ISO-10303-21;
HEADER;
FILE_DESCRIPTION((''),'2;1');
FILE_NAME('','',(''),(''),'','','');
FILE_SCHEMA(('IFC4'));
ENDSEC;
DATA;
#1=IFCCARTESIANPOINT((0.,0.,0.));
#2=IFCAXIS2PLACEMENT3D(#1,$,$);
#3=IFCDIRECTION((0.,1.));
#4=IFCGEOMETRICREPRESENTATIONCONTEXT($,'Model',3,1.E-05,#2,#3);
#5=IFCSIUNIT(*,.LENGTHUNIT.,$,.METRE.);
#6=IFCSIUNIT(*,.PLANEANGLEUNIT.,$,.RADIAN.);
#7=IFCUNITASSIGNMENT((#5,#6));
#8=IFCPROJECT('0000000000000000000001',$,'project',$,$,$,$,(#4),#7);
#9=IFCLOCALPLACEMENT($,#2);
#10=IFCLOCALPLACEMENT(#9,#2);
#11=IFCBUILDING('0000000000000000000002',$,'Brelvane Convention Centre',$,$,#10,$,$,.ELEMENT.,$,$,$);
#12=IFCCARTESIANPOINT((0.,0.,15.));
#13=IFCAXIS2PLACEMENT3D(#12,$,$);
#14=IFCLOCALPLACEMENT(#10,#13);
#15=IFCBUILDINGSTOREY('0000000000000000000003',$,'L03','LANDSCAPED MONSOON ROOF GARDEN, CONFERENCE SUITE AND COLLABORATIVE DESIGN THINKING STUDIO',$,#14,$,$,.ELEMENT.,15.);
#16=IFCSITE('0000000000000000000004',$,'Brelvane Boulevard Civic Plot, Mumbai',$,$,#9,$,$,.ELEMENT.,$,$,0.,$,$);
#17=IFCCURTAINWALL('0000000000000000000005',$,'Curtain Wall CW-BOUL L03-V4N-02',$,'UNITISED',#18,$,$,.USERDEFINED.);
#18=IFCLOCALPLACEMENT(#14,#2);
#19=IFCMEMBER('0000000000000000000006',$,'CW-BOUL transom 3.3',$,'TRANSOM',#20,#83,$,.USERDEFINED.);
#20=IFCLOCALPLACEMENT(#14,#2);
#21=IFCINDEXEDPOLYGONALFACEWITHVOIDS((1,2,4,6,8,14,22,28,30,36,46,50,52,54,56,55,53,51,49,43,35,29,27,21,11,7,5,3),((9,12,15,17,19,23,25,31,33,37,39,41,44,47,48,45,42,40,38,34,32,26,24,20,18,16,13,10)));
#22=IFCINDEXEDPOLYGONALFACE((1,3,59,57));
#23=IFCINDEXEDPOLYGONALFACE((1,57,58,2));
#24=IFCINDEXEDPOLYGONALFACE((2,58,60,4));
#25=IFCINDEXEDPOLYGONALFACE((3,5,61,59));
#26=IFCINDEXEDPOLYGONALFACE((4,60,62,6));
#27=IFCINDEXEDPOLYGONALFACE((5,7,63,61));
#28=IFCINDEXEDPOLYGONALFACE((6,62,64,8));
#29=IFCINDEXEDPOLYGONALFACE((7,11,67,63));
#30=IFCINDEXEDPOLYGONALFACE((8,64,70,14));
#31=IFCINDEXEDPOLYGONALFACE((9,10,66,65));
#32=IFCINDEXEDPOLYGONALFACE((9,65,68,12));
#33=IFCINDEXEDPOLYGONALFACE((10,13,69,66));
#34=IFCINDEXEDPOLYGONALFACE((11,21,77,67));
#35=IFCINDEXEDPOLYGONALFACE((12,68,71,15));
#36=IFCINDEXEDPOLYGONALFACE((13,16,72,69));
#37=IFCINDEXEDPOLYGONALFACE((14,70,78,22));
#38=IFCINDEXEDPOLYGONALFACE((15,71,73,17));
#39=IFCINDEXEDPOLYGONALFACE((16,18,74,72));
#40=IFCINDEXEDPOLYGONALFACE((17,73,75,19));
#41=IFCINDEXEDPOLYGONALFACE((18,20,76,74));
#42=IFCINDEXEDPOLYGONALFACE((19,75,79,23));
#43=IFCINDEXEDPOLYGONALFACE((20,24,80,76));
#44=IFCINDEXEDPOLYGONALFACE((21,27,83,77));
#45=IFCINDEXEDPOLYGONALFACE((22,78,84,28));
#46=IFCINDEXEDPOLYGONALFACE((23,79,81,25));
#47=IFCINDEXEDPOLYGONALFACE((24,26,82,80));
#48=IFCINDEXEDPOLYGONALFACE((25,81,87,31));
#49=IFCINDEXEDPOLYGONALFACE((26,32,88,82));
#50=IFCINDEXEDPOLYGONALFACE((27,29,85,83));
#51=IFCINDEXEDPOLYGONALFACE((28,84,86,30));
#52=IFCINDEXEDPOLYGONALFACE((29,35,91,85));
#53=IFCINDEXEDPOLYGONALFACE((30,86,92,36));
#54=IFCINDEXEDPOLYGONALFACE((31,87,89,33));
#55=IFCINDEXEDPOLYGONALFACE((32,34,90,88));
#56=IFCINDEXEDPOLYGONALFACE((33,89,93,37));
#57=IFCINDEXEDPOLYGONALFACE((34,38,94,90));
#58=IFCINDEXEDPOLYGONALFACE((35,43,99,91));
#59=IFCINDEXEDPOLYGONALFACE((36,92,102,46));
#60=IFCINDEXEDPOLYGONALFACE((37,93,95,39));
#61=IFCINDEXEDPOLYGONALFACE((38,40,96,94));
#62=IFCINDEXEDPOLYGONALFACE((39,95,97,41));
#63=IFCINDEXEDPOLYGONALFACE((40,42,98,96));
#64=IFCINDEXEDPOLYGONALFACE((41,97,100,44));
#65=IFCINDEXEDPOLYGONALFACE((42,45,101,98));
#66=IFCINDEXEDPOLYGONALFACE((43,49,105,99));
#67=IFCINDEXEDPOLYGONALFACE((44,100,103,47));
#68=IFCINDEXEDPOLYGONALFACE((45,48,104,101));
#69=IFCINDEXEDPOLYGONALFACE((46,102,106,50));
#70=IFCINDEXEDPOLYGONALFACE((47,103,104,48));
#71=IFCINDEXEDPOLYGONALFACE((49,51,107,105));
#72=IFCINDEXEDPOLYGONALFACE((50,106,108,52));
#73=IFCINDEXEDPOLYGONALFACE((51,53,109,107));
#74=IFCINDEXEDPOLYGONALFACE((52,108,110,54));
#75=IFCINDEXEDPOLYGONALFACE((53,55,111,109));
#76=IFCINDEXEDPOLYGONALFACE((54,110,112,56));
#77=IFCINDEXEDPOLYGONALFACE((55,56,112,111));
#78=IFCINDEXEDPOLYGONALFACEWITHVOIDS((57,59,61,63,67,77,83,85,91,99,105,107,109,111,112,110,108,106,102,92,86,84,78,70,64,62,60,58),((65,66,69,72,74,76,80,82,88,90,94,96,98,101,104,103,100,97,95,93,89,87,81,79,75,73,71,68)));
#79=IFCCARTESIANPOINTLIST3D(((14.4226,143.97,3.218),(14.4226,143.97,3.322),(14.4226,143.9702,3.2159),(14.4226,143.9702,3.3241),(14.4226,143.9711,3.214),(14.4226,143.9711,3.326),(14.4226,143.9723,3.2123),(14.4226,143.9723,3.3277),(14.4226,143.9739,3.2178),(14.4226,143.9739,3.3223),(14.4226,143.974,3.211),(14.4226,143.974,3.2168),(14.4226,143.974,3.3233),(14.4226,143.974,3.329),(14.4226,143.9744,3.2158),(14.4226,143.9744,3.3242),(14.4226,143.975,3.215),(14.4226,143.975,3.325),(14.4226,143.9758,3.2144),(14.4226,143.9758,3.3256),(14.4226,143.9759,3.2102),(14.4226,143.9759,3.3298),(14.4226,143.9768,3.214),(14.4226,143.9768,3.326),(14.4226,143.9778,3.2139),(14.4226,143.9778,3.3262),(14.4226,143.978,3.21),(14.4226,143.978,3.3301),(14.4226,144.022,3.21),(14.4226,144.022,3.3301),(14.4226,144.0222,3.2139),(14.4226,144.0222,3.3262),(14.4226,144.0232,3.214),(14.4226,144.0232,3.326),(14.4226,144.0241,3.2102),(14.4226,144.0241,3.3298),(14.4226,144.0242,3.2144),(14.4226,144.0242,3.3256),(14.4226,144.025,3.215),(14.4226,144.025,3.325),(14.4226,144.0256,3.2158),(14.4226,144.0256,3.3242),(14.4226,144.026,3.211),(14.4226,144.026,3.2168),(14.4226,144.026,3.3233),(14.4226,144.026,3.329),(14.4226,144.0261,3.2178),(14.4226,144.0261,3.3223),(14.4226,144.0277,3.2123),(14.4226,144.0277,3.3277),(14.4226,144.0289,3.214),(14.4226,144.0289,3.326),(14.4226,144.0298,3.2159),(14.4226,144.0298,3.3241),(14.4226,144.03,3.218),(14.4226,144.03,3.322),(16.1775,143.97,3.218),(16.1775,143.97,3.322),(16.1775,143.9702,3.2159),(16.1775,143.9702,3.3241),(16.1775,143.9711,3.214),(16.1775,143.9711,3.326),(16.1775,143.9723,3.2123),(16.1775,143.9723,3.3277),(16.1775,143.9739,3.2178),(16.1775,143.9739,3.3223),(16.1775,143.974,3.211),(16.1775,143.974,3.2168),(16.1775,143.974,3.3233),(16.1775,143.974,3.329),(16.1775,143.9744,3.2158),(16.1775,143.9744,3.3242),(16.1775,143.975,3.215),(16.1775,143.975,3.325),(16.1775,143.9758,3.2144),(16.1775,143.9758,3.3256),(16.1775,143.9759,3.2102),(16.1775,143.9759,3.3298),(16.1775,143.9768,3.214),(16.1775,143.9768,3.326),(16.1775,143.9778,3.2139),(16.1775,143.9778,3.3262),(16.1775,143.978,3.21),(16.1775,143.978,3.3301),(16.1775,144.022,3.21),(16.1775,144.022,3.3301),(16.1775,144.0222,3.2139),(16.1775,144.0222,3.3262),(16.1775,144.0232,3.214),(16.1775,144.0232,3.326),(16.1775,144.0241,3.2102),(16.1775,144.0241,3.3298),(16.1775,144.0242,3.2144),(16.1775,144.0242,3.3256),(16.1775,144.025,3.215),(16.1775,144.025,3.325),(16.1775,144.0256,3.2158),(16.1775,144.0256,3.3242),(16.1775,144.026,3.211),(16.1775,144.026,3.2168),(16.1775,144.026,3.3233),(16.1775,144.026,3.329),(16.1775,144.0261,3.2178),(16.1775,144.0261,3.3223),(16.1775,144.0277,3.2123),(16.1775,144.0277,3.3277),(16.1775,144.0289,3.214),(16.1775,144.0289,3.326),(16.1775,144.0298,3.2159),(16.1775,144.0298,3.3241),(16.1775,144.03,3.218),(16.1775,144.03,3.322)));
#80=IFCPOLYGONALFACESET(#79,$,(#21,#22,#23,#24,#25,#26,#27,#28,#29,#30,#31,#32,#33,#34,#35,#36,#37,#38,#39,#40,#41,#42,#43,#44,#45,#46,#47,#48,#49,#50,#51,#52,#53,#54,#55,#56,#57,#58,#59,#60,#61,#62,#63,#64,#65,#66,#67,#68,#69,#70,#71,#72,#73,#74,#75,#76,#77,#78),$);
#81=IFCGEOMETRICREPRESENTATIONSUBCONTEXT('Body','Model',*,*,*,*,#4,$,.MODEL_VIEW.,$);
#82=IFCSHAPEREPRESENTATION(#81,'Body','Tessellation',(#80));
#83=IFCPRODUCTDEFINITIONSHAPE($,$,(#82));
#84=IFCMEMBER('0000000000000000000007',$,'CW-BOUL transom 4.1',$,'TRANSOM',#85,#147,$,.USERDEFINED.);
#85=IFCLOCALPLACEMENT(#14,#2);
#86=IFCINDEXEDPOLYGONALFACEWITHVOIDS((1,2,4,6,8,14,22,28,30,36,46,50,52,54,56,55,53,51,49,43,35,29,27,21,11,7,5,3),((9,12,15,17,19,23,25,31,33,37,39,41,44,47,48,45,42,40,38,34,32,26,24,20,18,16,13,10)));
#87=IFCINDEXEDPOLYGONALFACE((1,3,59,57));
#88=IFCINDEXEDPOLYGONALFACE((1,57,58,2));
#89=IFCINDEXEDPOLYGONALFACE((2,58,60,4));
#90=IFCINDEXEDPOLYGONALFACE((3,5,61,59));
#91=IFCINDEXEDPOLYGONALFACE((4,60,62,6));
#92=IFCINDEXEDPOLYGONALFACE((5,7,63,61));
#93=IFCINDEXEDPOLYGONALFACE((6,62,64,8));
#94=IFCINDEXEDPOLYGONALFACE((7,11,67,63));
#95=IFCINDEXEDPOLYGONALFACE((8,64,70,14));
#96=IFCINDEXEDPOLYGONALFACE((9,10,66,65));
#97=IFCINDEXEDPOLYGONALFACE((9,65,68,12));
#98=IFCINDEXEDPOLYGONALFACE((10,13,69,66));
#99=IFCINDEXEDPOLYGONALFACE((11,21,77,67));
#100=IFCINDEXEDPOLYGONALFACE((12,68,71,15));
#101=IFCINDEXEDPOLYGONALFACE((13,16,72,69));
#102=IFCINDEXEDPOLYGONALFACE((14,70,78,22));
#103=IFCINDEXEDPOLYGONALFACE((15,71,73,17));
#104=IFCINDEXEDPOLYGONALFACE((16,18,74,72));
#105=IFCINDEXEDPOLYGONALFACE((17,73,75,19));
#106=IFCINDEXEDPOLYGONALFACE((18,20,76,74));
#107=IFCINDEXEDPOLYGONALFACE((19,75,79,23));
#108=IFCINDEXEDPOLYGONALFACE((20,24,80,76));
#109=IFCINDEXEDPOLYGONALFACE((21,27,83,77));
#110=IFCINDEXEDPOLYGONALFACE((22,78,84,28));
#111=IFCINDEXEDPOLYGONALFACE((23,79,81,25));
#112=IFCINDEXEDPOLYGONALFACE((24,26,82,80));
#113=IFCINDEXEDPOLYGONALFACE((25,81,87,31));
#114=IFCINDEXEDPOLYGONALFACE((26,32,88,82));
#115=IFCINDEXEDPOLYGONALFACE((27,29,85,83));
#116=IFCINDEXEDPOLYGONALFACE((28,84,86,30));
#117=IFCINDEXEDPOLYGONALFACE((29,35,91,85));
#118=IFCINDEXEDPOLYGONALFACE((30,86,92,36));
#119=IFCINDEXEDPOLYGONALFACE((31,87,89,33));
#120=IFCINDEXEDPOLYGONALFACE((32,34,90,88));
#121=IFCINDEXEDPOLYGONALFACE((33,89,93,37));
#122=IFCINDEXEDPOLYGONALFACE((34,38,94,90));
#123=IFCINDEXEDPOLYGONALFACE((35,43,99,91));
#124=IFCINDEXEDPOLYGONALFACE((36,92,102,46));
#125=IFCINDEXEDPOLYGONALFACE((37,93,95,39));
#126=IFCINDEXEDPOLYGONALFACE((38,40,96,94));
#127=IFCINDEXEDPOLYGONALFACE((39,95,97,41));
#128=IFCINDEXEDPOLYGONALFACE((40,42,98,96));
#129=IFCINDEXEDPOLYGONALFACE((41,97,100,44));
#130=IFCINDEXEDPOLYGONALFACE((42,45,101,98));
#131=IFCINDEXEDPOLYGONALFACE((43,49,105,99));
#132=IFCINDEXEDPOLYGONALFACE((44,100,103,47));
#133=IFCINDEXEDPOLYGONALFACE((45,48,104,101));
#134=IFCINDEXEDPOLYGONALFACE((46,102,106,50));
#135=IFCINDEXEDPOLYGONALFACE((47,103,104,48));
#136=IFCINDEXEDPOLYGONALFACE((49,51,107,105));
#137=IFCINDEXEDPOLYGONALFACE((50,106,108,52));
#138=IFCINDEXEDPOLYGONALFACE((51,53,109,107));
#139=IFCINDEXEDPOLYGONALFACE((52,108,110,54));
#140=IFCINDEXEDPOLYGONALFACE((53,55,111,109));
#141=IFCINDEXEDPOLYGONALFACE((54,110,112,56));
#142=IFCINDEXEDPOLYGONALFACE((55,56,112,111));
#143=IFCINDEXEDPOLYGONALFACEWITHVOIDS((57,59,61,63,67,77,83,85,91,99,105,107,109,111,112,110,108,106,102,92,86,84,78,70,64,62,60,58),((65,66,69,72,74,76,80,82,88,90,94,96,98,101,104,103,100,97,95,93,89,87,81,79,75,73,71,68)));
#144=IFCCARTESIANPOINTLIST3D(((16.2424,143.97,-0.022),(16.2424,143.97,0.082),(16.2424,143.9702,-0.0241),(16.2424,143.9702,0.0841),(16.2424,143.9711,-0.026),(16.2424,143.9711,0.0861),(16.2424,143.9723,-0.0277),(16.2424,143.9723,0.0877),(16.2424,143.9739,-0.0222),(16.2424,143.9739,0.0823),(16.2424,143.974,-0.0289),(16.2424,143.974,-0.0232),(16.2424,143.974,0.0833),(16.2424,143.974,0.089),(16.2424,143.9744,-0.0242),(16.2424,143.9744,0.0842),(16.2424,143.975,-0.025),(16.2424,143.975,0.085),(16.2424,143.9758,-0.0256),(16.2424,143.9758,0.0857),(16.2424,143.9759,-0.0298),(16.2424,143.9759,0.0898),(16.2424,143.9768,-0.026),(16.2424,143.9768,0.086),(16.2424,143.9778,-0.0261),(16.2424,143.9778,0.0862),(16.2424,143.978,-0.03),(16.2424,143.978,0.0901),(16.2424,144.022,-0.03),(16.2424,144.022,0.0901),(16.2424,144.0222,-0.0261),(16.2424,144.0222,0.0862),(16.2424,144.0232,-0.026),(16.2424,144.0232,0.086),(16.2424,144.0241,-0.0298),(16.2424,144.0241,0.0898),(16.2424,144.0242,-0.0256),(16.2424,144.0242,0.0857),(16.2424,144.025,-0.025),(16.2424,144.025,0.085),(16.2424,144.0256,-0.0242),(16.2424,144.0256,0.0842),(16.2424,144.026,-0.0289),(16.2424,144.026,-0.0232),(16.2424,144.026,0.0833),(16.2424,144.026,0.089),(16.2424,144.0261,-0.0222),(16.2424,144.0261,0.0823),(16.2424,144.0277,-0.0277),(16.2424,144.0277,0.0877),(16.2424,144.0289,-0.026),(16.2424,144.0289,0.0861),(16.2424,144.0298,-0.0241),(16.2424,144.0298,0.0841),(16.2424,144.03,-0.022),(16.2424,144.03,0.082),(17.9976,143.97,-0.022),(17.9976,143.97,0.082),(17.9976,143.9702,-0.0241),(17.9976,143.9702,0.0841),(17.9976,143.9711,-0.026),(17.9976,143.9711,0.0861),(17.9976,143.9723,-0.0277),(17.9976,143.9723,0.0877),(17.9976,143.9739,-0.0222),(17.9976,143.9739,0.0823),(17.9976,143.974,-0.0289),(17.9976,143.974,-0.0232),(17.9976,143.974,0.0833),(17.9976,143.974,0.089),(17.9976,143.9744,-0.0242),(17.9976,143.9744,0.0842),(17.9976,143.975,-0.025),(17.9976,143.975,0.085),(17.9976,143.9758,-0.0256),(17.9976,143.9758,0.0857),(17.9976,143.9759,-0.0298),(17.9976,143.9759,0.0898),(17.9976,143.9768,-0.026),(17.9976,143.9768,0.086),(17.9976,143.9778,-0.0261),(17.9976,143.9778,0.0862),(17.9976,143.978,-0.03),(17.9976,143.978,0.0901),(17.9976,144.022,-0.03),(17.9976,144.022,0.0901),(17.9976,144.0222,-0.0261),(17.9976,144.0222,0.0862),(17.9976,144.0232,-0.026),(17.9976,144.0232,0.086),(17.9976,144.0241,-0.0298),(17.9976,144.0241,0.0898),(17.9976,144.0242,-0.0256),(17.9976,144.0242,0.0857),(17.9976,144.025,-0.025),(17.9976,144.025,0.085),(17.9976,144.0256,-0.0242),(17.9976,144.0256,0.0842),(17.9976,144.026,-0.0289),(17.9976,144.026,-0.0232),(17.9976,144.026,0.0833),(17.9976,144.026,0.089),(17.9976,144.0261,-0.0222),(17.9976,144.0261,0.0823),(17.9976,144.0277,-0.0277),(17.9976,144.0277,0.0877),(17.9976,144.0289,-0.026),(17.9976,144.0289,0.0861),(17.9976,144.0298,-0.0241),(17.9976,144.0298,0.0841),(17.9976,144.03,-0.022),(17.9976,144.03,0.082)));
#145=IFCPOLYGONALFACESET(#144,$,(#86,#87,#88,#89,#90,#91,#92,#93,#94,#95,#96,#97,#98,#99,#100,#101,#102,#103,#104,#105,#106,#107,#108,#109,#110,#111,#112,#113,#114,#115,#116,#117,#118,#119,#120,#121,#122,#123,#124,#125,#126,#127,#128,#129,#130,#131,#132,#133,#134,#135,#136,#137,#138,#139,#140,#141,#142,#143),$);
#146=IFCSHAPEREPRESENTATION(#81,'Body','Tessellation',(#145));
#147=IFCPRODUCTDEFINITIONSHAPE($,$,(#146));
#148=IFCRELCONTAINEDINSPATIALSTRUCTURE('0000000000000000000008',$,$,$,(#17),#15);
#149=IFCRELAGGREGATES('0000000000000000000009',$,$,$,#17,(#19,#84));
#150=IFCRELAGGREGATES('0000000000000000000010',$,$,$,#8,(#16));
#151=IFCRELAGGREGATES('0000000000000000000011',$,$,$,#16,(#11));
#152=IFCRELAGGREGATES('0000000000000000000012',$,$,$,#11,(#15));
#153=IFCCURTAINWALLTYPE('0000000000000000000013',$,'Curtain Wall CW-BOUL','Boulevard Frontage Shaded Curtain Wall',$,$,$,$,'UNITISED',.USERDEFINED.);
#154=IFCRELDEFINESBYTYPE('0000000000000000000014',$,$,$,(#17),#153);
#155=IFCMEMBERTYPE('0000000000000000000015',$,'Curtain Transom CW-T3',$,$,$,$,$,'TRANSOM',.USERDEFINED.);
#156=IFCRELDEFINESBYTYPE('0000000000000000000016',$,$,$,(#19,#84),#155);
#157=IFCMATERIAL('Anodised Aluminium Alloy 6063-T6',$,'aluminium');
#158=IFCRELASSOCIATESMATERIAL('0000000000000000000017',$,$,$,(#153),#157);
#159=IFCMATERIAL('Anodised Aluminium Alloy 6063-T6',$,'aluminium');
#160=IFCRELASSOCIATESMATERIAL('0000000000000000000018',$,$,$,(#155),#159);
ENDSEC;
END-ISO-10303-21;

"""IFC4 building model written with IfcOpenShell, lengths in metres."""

from ifc_helpers import new_model, si_unit, direction, frame, origin, origin_2d, place, context, subcontext, project, spatial, hollow_rectangle, extrude, material, material_profile, profile_set, type_object, element, aggregate, save


model = new_model("IFC4")

# Units and contexts
model_context = context("Model", 3, precision=1e-05, world=origin(), true_north=direction((0.0, 1.0)))
body_context = subcontext(model_context, "Body", "Model", "MODEL_VIEW")
ifc_project = project(units=[si_unit("LENGTHUNIT", "METRE"), si_unit("PLANEANGLEUNIT", "RADIAN")], contexts=[model_context])

# Site, building, storey
site_placement = place(None, origin())
site = spatial("IfcSite", under=ifc_project, at=site_placement, Name="Brelvane Boulevard Civic Plot, Mumbai", CompositionType="ELEMENT", RefElevation=0.0)
building_placement = place(site_placement, origin())
building = spatial("IfcBuilding", under=site, at=building_placement, Name="Brelvane Convention Centre", CompositionType="ELEMENT")
storey_placement = place(building_placement, frame((0.0, 0.0, 15.0)))
storey = spatial("IfcBuildingStorey", under=building, at=storey_placement, Name="L03", Description="LANDSCAPED MONSOON ROOF GARDEN, CONFERENCE SUITE AND COLLABORATIVE DESIGN THINKING STUDIO", CompositionType="ELEMENT", Elevation=15.0)

# Curtain wall, members
ifc_material_1 = material(Name="Anodised Aluminium Alloy 6063-T6", Category="aluminium")
curtain_wall_type = type_object("IfcCurtainWallType", Name="Curtain Wall CW-BOUL", Description="Boulevard Frontage Shaded Curtain Wall", ElementType="UNITISED", PredefinedType="USERDEFINED", material=ifc_material_1)
curtain_wall_placement = place(storey_placement, origin())
curtain_wall = element("IfcCurtainWall", 1, at=curtain_wall_placement, inside=storey, type_object=curtain_wall_type, Name="Curtain Wall CW-BOUL L03-V4N-02", ObjectType="UNITISED", PredefinedType="USERDEFINED")
ifc_material_2 = material(Name="Anodised Aluminium Alloy 6063-T6", Category="aluminium")
ifc_material_profile_1 = material_profile(ifc_material_2, hollow_rectangle(XDim=0.0601, YDim=0.1201, WallThickness=0.0039, InnerFilletRadius=0.0039, OuterFilletRadius=0.0081, at=origin_2d()), Name="ALU-T 120x60x4.0")
ifc_profile_set_1 = profile_set([ifc_material_profile_1], Name="Anodised Aluminium Alloy 6063-T6")
member_type_1 = type_object("IfcMemberType", Name="Curtain Transom CW-T3", ElementType="TRANSOM", PredefinedType="USERDEFINED", material=ifc_profile_set_1)
member_1_placement = place(storey_placement, frame((14.4226, 144.0, 3.27), z_axis=(1.0, 0.0, 0.0), x_axis=(0.0, 1.0, 0.0)))
member_1 = element("IfcMember", 2, at=member_1_placement, type_object=member_type_1, Name="CW-BOUL transom 3.3", ObjectType="TRANSOM", PredefinedType="USERDEFINED", context=body_context, shape_type="SweptSolid", body=[
    extrude(hollow_rectangle(XDim=0.0601, YDim=0.1201, WallThickness=0.0039, InnerFilletRadius=0.0039, OuterFilletRadius=0.0081, at=origin_2d()), origin(), (0.0, 0.0, 1.0), 1.7549),
])
member_2_placement = place(storey_placement, frame((16.2424, 144.0, 0.03), z_axis=(1.0, 0.0, 0.0), x_axis=(0.0, 1.0, 0.0)))
member_2 = element("IfcMember", 3, at=member_2_placement, type_object=member_type_1, Name="CW-BOUL transom 4.1", ObjectType="TRANSOM", PredefinedType="USERDEFINED", context=body_context, shape_type="SweptSolid", body=[
    extrude(hollow_rectangle(XDim=0.0601, YDim=0.1201, WallThickness=0.0039, InnerFilletRadius=0.0039, OuterFilletRadius=0.0081, at=origin_2d()), origin(), (0.0, 0.0, 1.0), 1.7551),
])

aggregate(curtain_wall, [member_1, member_2])

save(model, "model.ifc")
